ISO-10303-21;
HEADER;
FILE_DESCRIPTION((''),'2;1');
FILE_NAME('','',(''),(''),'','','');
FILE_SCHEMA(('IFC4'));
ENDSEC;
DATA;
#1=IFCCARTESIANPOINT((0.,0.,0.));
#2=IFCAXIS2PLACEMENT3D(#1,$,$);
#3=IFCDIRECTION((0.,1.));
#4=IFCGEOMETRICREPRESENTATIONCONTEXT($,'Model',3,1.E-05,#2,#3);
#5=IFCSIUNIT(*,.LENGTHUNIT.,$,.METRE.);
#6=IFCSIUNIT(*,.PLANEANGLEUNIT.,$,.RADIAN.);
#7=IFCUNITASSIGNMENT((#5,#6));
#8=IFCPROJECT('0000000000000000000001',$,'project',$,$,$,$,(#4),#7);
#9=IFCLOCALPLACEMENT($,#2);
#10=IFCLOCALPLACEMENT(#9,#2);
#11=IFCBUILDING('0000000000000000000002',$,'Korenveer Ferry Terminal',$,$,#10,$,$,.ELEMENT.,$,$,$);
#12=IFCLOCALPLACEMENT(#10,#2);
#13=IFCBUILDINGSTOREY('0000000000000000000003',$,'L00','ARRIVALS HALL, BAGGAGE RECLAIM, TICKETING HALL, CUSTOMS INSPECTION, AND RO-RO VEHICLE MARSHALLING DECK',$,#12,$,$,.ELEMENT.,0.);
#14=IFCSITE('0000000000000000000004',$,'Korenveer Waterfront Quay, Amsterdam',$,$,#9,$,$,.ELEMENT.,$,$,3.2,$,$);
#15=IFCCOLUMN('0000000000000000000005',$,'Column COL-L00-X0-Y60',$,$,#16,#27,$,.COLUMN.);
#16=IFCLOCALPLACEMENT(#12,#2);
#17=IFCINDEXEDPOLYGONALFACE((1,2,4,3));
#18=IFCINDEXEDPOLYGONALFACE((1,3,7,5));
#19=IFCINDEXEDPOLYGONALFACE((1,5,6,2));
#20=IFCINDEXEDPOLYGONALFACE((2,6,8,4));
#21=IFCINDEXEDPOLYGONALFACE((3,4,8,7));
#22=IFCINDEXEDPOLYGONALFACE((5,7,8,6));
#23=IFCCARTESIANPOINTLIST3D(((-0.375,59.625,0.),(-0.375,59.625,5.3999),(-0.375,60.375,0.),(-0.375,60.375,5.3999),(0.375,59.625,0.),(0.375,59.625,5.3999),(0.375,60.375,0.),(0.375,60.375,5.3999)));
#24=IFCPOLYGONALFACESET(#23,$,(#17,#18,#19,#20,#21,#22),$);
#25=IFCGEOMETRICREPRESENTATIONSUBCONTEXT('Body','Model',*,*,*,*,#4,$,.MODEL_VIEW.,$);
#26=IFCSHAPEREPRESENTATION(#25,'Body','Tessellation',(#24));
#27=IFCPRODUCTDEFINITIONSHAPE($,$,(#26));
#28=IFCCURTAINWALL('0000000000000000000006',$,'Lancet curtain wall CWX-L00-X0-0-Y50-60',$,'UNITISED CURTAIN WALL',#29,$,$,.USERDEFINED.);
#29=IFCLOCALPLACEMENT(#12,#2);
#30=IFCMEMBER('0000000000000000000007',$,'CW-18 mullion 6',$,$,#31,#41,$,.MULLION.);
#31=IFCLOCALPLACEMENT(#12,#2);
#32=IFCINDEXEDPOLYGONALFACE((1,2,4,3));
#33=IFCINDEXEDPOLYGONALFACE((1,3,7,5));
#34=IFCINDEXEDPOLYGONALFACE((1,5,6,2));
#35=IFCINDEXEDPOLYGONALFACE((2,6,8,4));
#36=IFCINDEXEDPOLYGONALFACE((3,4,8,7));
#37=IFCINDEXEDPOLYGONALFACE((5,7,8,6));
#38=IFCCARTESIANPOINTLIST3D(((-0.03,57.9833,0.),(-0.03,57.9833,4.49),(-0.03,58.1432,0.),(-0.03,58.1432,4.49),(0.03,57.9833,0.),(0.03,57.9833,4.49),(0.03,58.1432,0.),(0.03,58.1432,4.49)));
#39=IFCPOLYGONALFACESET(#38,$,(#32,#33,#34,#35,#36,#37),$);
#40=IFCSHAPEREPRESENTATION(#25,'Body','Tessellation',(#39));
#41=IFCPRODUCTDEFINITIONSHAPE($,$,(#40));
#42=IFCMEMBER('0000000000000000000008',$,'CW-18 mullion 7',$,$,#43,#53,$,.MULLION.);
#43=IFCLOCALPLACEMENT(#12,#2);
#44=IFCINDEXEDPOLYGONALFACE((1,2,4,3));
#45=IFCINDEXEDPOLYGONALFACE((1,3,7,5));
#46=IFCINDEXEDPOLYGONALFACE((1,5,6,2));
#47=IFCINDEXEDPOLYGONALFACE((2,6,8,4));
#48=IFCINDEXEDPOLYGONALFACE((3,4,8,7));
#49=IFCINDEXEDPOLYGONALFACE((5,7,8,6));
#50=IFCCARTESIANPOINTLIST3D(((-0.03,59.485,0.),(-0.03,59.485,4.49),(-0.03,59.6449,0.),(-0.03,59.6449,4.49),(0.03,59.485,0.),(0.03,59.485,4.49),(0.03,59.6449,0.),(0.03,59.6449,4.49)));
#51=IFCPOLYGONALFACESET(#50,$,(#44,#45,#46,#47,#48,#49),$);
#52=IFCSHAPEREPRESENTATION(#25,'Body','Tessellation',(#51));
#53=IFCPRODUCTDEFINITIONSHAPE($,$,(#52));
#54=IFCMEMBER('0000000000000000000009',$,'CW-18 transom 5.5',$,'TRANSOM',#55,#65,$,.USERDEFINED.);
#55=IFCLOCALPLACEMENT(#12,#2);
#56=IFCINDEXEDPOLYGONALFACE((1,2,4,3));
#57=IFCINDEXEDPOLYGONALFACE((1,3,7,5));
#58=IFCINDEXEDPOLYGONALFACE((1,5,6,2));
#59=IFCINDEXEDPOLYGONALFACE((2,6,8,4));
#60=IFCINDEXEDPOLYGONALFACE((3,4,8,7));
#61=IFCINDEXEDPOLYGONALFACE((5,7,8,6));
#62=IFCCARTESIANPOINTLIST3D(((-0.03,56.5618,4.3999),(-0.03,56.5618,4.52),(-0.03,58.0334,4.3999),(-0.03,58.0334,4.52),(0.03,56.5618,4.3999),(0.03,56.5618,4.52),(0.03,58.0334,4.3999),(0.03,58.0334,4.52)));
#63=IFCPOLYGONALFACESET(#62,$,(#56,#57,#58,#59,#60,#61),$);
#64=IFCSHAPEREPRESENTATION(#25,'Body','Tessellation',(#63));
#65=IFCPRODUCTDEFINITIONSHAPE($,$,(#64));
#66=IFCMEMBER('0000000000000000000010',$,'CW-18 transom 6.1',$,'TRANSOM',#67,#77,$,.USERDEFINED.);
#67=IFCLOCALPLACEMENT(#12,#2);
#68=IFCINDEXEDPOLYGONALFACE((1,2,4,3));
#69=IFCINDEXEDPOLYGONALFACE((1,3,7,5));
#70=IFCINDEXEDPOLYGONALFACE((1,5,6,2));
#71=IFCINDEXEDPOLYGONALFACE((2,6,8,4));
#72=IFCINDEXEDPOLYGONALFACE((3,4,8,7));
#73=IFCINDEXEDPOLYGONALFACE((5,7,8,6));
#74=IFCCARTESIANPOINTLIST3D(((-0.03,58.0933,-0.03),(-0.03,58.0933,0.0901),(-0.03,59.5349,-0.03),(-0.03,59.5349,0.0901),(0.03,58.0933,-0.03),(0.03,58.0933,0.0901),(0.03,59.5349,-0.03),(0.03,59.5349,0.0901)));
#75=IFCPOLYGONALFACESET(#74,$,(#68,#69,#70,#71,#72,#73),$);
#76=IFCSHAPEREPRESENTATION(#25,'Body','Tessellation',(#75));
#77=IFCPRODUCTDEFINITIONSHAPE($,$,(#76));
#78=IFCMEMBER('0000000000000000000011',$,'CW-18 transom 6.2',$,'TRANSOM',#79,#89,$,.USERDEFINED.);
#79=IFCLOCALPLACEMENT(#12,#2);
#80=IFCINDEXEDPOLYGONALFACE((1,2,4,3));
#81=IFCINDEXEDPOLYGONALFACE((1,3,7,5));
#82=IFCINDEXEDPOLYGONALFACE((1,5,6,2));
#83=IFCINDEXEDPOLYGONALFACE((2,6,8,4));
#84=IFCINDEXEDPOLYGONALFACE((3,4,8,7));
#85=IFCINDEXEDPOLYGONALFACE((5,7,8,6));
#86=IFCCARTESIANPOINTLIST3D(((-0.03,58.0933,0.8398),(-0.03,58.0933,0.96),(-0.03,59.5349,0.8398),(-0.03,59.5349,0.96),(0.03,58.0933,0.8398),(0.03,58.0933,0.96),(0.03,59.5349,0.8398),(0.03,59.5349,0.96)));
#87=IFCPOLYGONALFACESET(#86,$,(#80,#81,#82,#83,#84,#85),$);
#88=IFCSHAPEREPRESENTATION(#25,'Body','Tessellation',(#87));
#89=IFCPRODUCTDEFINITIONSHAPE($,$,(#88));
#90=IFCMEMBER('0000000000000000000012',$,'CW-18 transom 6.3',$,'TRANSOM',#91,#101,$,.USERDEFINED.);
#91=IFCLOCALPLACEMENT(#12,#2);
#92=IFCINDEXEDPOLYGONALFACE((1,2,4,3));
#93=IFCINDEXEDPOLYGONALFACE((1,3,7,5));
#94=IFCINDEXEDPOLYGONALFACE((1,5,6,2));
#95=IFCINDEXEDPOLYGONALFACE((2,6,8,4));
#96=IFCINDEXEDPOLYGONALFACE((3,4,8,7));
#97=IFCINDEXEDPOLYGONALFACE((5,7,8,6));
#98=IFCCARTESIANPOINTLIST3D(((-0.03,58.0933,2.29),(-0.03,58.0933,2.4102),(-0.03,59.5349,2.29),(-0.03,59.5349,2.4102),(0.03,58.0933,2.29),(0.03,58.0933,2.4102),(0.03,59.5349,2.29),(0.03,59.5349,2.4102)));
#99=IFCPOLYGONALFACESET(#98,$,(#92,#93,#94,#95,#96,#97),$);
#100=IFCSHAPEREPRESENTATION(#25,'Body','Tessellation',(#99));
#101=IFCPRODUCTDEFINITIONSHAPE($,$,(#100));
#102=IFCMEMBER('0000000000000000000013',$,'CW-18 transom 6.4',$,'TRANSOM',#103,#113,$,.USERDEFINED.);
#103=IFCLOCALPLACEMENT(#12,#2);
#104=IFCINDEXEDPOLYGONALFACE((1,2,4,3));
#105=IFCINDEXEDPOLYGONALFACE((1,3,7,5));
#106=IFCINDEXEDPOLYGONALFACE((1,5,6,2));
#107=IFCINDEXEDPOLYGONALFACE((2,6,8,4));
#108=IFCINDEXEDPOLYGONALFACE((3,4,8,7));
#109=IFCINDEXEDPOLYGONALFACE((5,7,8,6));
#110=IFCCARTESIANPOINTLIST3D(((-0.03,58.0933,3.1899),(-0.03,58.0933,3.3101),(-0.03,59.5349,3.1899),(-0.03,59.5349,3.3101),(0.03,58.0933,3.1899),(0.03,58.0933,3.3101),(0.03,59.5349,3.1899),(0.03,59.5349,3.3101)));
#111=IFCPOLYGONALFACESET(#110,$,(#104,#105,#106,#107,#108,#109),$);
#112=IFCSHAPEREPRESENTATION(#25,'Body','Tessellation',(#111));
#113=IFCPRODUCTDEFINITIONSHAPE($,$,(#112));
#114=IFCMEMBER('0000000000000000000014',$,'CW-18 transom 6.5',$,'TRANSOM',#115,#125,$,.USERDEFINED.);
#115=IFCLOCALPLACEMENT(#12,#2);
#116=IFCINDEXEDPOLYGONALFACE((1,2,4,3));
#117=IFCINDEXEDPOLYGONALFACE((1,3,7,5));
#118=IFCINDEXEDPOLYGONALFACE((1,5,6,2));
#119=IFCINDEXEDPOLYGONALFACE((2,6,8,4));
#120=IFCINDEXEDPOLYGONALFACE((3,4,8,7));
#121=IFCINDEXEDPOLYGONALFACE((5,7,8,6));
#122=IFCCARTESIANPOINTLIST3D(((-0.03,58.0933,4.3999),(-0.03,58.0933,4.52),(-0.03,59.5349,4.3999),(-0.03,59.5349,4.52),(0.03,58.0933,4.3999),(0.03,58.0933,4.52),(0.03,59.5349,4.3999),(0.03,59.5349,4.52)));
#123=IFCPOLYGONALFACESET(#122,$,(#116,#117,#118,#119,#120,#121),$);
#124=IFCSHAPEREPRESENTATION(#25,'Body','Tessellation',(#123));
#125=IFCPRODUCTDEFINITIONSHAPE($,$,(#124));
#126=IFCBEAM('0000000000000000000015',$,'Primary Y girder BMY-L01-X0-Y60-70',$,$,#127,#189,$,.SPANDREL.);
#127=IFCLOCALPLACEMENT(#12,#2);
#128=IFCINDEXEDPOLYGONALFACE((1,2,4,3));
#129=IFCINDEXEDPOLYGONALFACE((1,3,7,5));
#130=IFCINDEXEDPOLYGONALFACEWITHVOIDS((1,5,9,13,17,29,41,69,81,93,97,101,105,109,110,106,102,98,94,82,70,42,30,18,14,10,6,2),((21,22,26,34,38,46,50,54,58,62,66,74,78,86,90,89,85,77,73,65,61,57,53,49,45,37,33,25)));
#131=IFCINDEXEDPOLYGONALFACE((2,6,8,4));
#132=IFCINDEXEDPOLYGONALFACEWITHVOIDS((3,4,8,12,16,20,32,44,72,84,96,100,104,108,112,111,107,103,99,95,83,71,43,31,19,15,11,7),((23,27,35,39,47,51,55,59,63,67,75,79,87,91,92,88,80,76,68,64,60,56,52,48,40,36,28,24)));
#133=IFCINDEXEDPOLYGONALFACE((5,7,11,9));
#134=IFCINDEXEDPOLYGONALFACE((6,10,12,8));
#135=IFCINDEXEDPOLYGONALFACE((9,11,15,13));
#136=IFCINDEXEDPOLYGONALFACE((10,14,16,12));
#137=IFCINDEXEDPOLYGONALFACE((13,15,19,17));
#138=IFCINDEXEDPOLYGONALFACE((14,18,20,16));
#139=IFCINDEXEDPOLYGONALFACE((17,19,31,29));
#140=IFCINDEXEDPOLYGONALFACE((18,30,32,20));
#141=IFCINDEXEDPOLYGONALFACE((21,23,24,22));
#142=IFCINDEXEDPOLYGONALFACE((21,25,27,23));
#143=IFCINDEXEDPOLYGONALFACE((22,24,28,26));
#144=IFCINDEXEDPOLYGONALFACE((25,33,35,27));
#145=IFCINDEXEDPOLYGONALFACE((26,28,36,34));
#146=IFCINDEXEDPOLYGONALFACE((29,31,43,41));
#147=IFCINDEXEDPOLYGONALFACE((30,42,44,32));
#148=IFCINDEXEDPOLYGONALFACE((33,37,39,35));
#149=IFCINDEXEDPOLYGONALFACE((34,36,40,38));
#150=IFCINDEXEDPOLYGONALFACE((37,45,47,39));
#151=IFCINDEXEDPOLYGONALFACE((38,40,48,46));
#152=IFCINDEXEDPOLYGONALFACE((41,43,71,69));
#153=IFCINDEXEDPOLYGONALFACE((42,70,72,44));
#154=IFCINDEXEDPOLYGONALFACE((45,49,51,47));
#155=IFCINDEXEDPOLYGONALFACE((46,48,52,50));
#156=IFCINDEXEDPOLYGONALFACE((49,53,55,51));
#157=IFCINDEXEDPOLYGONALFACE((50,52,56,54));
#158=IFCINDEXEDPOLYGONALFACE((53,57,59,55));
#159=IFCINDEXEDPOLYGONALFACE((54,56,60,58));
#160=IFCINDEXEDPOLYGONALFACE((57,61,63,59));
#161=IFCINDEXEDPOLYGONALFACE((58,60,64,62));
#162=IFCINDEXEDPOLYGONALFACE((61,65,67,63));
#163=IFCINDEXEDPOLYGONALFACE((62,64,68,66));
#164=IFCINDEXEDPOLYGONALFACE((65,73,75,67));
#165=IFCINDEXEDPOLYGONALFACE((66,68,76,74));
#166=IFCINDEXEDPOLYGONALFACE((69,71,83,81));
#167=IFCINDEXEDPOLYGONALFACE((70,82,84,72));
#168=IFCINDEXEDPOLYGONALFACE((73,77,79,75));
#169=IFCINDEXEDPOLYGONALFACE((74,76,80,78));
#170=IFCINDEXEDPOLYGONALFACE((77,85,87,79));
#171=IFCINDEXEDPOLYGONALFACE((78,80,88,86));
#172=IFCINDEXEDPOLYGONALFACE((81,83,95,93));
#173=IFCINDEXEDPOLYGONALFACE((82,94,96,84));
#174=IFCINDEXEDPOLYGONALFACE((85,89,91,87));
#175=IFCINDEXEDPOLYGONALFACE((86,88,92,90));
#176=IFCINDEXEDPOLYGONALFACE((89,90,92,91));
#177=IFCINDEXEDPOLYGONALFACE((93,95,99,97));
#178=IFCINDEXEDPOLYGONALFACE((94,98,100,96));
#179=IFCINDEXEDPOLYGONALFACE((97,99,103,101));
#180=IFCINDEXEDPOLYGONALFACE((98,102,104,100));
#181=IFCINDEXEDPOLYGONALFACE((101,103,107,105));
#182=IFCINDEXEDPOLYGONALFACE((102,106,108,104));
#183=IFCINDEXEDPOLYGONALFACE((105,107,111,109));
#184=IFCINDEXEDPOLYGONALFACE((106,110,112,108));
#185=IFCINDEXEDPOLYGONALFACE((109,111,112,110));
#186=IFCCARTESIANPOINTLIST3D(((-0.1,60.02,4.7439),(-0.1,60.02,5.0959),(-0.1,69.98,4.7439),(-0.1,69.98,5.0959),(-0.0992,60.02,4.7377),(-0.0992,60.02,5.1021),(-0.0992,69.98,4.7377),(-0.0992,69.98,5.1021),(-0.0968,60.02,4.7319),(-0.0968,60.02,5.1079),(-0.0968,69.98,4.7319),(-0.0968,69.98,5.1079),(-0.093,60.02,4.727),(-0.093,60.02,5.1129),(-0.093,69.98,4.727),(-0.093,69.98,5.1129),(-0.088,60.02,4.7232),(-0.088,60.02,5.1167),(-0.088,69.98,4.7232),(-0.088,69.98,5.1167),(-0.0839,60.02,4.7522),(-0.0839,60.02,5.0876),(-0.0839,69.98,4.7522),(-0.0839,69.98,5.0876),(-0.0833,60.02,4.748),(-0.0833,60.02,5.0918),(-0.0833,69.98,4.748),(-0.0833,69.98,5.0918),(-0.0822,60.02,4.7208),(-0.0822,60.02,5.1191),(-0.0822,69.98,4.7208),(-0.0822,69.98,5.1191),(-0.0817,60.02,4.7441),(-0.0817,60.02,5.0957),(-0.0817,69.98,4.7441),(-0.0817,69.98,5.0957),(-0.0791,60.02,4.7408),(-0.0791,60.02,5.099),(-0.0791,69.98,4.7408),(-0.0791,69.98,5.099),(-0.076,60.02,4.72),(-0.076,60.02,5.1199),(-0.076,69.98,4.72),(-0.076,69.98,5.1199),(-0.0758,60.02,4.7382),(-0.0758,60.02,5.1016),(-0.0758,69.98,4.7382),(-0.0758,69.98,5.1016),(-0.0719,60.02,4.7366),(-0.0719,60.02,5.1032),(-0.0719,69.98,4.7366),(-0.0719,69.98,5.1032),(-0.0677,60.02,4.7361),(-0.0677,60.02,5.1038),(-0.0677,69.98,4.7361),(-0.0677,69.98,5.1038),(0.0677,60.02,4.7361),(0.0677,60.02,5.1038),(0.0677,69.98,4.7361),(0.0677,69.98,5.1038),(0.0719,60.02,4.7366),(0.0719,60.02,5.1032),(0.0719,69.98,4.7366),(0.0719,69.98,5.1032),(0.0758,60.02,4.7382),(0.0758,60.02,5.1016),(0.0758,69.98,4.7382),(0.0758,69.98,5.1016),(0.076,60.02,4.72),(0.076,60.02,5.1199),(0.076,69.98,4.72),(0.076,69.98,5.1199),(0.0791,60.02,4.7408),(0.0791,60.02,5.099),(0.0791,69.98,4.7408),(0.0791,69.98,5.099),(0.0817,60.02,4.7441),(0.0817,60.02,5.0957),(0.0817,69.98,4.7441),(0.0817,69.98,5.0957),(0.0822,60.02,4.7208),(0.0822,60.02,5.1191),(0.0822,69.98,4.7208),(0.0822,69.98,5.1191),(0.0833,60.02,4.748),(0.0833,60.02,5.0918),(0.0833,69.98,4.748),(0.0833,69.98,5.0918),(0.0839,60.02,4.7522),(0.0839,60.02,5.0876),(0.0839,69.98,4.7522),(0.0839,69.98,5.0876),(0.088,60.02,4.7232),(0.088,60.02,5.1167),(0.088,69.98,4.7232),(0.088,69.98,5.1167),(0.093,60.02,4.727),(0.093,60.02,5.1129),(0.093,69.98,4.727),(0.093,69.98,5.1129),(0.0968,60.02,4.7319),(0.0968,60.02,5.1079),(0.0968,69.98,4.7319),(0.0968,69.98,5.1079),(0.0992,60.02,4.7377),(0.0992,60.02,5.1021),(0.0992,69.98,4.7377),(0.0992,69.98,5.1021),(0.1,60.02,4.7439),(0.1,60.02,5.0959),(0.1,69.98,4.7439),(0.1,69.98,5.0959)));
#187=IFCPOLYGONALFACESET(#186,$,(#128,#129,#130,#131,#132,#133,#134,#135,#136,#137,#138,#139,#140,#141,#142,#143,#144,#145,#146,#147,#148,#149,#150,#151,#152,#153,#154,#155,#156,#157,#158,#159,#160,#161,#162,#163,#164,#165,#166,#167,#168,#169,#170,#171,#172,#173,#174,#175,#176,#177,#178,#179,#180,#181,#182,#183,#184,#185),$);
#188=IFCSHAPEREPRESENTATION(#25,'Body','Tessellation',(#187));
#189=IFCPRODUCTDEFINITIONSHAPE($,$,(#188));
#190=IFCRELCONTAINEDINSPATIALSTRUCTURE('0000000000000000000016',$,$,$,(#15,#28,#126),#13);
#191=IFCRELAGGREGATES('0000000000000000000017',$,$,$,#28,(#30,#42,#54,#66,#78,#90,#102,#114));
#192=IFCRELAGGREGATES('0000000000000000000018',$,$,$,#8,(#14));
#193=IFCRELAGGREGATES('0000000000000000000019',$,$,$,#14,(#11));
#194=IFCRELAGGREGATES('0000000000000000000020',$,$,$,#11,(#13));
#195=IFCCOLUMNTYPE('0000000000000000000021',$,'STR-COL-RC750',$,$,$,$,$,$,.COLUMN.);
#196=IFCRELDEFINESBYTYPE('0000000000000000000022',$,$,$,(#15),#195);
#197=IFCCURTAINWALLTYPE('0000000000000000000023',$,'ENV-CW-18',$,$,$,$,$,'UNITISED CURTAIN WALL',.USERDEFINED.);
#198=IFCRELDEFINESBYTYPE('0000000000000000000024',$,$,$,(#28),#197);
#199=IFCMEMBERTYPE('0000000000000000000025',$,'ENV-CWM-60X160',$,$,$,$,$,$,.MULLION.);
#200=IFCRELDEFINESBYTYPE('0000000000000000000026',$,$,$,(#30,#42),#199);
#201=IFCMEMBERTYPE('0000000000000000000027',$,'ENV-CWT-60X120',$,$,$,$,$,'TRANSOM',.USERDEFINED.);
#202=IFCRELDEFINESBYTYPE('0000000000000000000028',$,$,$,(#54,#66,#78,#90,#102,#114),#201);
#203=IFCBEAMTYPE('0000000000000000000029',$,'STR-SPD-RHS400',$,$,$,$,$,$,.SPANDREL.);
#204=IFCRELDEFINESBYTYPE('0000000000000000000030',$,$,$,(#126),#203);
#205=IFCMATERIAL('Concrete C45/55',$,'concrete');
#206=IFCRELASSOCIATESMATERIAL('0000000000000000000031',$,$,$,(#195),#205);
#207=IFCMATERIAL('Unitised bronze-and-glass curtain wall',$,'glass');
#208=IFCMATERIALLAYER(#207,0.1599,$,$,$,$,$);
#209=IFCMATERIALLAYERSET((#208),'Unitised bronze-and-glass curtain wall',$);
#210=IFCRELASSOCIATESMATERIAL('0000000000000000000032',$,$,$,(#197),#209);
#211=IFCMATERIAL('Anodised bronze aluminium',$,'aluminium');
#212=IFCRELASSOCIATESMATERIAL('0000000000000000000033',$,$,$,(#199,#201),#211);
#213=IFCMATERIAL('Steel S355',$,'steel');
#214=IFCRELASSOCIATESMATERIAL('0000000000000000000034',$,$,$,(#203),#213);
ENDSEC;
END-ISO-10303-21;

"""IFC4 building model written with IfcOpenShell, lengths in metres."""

from ifc_helpers import new_model, si_unit, direction, frame, origin, origin_2d, place, context, subcontext, project, spatial, rectangle, hollow_rectangle, extrude, material, layer, layer_set, material_profile, profile_set, type_object, element, aggregate, save


model = new_model("IFC4")

# Units and contexts
model_context = context("Model", 3, precision=1e-05, world=origin(), true_north=direction((0.0, 1.0)))
body_context = subcontext(model_context, "Body", "Model", "MODEL_VIEW")
ifc_project = project(units=[si_unit("LENGTHUNIT", "METRE"), si_unit("PLANEANGLEUNIT", "RADIAN")], contexts=[model_context])

# Site, building, storey
site_placement = place(None, origin())
site = spatial("IfcSite", under=ifc_project, at=site_placement, Name="Korenveer Waterfront Quay, Amsterdam", CompositionType="ELEMENT", RefElevation=3.2)
building_placement = place(site_placement, origin())
building = spatial("IfcBuilding", under=site, at=building_placement, Name="Korenveer Ferry Terminal", CompositionType="ELEMENT")
storey_placement = place(building_placement, origin())
storey = spatial("IfcBuildingStorey", under=building, at=storey_placement, Name="L00", Description="ARRIVALS HALL, BAGGAGE RECLAIM, TICKETING HALL, CUSTOMS INSPECTION, AND RO-RO VEHICLE MARSHALLING DECK", CompositionType="ELEMENT", Elevation=0.0)

# Column
ifc_material_1 = material(Name="Concrete C45/55", Category="concrete")
ifc_material_profile_1 = material_profile(ifc_material_1, rectangle(XDim=0.75, YDim=0.75, at=origin_2d()), Name="RC 750x750")
ifc_profile_set_1 = profile_set([ifc_material_profile_1], Name="Concrete C45/55")
column_type = type_object("IfcColumnType", Name="STR-COL-RC750", PredefinedType="COLUMN", material=ifc_profile_set_1)
column_placement = place(storey_placement, frame((0.0, 60.0, 0.0), z_axis=(0.0, 0.0, 1.0), x_axis=(1.0, 0.0, 0.0)))
element("IfcColumn", 1, at=column_placement, inside=storey, type_object=column_type, Name="Column COL-L00-X0-Y60", PredefinedType="COLUMN", context=body_context, shape_type="SweptSolid", body=[
    extrude(rectangle(XDim=0.75, YDim=0.75, at=origin_2d()), origin(), (0.0, 0.0, 1.0), 5.3999),
])

# Curtain wall, members
ifc_material_2 = material(Name="Unitised bronze-and-glass curtain wall", Category="glass")
ifc_layer_1 = layer(ifc_material_2, 0.1599)
ifc_layer_set_1 = layer_set([ifc_layer_1], Name="Unitised bronze-and-glass curtain wall")
curtain_wall_type = type_object("IfcCurtainWallType", Name="ENV-CW-18", ElementType="UNITISED CURTAIN WALL", PredefinedType="USERDEFINED", material=ifc_layer_set_1)
curtain_wall_placement = place(storey_placement, frame((0.0, 50.405, 0.0)))
curtain_wall = element("IfcCurtainWall", 2, at=curtain_wall_placement, inside=storey, type_object=curtain_wall_type, Name="Lancet curtain wall CWX-L00-X0-0-Y50-60", ObjectType="UNITISED CURTAIN WALL", PredefinedType="USERDEFINED")
ifc_material_3 = material(Name="Anodised bronze aluminium", Category="aluminium")
ifc_material_profile_2 = material_profile(ifc_material_3, rectangle(XDim=0.0601, YDim=0.1599, at=origin_2d()), Name="ALU 60x160")
ifc_profile_set_2 = profile_set([ifc_material_profile_2], Name="Anodised bronze aluminium")
member_type_1 = type_object("IfcMemberType", Name="ENV-CWM-60X160", PredefinedType="MULLION", material=ifc_profile_set_2)
member_1_placement = place(storey_placement, frame((0.0, 58.0632, 0.0), z_axis=(0.0, 0.0, 1.0), x_axis=(-1.0, 0.0, 0.0)))
member_1 = element("IfcMember", 3, at=member_1_placement, type_object=member_type_1, Name="CW-18 mullion 6", PredefinedType="MULLION", context=body_context, shape_type="SweptSolid", body=[
    extrude(rectangle(XDim=0.0601, YDim=0.1599, at=origin_2d()), origin(), (0.0, 0.0, 1.0), 4.49),
])
member_2_placement = place(storey_placement, frame((0.0, 59.5649, 0.0), z_axis=(0.0, 0.0, 1.0), x_axis=(-1.0, 0.0, 0.0)))
member_2 = element("IfcMember", 4, at=member_2_placement, type_object=member_type_1, Name="CW-18 mullion 7", PredefinedType="MULLION", context=body_context, shape_type="SweptSolid", body=[
    extrude(rectangle(XDim=0.0601, YDim=0.1599, at=origin_2d()), origin(), (0.0, 0.0, 1.0), 4.49),
])
ifc_material_profile_3 = material_profile(ifc_material_3, rectangle(XDim=0.0601, YDim=0.1201, at=origin_2d()), Name="ALU 60x120")
ifc_profile_set_3 = profile_set([ifc_material_profile_3], Name="Anodised bronze aluminium")
member_type_2 = type_object("IfcMemberType", Name="ENV-CWT-60X120", ElementType="TRANSOM", PredefinedType="USERDEFINED", material=ifc_profile_set_3)
member_3_placement = place(storey_placement, frame((0.0, 56.5618, 4.46), z_axis=(0.0, 1.0, 0.0), x_axis=(-1.0, 0.0, 0.0)))
member_3 = element("IfcMember", 5, at=member_3_placement, type_object=member_type_2, Name="CW-18 transom 5.5", ObjectType="TRANSOM", PredefinedType="USERDEFINED", context=body_context, shape_type="SweptSolid", body=[
    extrude(rectangle(XDim=0.0601, YDim=0.1201, at=origin_2d()), origin(), (0.0, 0.0, 1.0), 1.4717),
])
member_4_placement = place(storey_placement, frame((0.0, 58.0933, 0.03), z_axis=(0.0, 1.0, 0.0), x_axis=(-1.0, 0.0, 0.0)))
member_4 = element("IfcMember", 6, at=member_4_placement, type_object=member_type_2, Name="CW-18 transom 6.1", ObjectType="TRANSOM", PredefinedType="USERDEFINED", context=body_context, shape_type="SweptSolid", body=[
    extrude(rectangle(XDim=0.0601, YDim=0.1201, at=origin_2d()), origin(), (0.0, 0.0, 1.0), 1.4417),
])
member_5_placement = place(storey_placement, frame((0.0, 58.0933, 0.8999), z_axis=(0.0, 1.0, 0.0), x_axis=(-1.0, 0.0, 0.0)))
member_5 = element("IfcMember", 7, at=member_5_placement, type_object=member_type_2, Name="CW-18 transom 6.2", ObjectType="TRANSOM", PredefinedType="USERDEFINED", context=body_context, shape_type="SweptSolid", body=[
    extrude(rectangle(XDim=0.0601, YDim=0.1201, at=origin_2d()), origin(), (0.0, 0.0, 1.0), 1.4417),
])
member_6_placement = place(storey_placement, frame((0.0, 58.0933, 2.3501), z_axis=(0.0, 1.0, 0.0), x_axis=(-1.0, 0.0, 0.0)))
member_6 = element("IfcMember", 8, at=member_6_placement, type_object=member_type_2, Name="CW-18 transom 6.3", ObjectType="TRANSOM", PredefinedType="USERDEFINED", context=body_context, shape_type="SweptSolid", body=[
    extrude(rectangle(XDim=0.0601, YDim=0.1201, at=origin_2d()), origin(), (0.0, 0.0, 1.0), 1.4417),
])
member_7_placement = place(storey_placement, frame((0.0, 58.0933, 3.25), z_axis=(0.0, 1.0, 0.0), x_axis=(-1.0, 0.0, 0.0)))
member_7 = element("IfcMember", 9, at=member_7_placement, type_object=member_type_2, Name="CW-18 transom 6.4", ObjectType="TRANSOM", PredefinedType="USERDEFINED", context=body_context, shape_type="SweptSolid", body=[
    extrude(rectangle(XDim=0.0601, YDim=0.1201, at=origin_2d()), origin(), (0.0, 0.0, 1.0), 1.4417),
])
member_8_placement = place(storey_placement, frame((0.0, 58.0933, 4.46), z_axis=(0.0, 1.0, 0.0), x_axis=(-1.0, 0.0, 0.0)))
member_8 = element("IfcMember", 10, at=member_8_placement, type_object=member_type_2, Name="CW-18 transom 6.5", ObjectType="TRANSOM", PredefinedType="USERDEFINED", context=body_context, shape_type="SweptSolid", body=[
    extrude(rectangle(XDim=0.0601, YDim=0.1201, at=origin_2d()), origin(), (0.0, 0.0, 1.0), 1.4417),
])

# Beam
ifc_material_4 = material(Name="Steel S355", Category="steel")
ifc_material_profile_4 = material_profile(ifc_material_4, hollow_rectangle(XDim=0.2, YDim=0.3999, WallThickness=0.0161, InnerFilletRadius=0.0161, OuterFilletRadius=0.0239, at=origin_2d()), Name="RHS 400x200x16")
ifc_profile_set_4 = profile_set([ifc_material_profile_4], Name="Steel S355")
beam_type = type_object("IfcBeamType", Name="STR-SPD-RHS400", PredefinedType="SPANDREL", material=ifc_profile_set_4)
beam_placement = place(storey_placement, frame((0.0, 60.02, 4.9199), z_axis=(0.0, 1.0, 0.0), x_axis=(-1.0, 0.0, 0.0)))
element("IfcBeam", 11, at=beam_placement, inside=storey, type_object=beam_type, Name="Primary Y girder BMY-L01-X0-Y60-70", PredefinedType="SPANDREL", context=body_context, shape_type="SweptSolid", body=[
    extrude(hollow_rectangle(XDim=0.2, YDim=0.3999, WallThickness=0.0161, InnerFilletRadius=0.0161, OuterFilletRadius=0.0239, at=origin_2d()), origin(), (0.0, 0.0, 1.0), 9.96),
])

aggregate(curtain_wall, [member_1, member_2, member_3, member_4, member_5, member_6, member_7, member_8])

save(model, "model.ifc")
